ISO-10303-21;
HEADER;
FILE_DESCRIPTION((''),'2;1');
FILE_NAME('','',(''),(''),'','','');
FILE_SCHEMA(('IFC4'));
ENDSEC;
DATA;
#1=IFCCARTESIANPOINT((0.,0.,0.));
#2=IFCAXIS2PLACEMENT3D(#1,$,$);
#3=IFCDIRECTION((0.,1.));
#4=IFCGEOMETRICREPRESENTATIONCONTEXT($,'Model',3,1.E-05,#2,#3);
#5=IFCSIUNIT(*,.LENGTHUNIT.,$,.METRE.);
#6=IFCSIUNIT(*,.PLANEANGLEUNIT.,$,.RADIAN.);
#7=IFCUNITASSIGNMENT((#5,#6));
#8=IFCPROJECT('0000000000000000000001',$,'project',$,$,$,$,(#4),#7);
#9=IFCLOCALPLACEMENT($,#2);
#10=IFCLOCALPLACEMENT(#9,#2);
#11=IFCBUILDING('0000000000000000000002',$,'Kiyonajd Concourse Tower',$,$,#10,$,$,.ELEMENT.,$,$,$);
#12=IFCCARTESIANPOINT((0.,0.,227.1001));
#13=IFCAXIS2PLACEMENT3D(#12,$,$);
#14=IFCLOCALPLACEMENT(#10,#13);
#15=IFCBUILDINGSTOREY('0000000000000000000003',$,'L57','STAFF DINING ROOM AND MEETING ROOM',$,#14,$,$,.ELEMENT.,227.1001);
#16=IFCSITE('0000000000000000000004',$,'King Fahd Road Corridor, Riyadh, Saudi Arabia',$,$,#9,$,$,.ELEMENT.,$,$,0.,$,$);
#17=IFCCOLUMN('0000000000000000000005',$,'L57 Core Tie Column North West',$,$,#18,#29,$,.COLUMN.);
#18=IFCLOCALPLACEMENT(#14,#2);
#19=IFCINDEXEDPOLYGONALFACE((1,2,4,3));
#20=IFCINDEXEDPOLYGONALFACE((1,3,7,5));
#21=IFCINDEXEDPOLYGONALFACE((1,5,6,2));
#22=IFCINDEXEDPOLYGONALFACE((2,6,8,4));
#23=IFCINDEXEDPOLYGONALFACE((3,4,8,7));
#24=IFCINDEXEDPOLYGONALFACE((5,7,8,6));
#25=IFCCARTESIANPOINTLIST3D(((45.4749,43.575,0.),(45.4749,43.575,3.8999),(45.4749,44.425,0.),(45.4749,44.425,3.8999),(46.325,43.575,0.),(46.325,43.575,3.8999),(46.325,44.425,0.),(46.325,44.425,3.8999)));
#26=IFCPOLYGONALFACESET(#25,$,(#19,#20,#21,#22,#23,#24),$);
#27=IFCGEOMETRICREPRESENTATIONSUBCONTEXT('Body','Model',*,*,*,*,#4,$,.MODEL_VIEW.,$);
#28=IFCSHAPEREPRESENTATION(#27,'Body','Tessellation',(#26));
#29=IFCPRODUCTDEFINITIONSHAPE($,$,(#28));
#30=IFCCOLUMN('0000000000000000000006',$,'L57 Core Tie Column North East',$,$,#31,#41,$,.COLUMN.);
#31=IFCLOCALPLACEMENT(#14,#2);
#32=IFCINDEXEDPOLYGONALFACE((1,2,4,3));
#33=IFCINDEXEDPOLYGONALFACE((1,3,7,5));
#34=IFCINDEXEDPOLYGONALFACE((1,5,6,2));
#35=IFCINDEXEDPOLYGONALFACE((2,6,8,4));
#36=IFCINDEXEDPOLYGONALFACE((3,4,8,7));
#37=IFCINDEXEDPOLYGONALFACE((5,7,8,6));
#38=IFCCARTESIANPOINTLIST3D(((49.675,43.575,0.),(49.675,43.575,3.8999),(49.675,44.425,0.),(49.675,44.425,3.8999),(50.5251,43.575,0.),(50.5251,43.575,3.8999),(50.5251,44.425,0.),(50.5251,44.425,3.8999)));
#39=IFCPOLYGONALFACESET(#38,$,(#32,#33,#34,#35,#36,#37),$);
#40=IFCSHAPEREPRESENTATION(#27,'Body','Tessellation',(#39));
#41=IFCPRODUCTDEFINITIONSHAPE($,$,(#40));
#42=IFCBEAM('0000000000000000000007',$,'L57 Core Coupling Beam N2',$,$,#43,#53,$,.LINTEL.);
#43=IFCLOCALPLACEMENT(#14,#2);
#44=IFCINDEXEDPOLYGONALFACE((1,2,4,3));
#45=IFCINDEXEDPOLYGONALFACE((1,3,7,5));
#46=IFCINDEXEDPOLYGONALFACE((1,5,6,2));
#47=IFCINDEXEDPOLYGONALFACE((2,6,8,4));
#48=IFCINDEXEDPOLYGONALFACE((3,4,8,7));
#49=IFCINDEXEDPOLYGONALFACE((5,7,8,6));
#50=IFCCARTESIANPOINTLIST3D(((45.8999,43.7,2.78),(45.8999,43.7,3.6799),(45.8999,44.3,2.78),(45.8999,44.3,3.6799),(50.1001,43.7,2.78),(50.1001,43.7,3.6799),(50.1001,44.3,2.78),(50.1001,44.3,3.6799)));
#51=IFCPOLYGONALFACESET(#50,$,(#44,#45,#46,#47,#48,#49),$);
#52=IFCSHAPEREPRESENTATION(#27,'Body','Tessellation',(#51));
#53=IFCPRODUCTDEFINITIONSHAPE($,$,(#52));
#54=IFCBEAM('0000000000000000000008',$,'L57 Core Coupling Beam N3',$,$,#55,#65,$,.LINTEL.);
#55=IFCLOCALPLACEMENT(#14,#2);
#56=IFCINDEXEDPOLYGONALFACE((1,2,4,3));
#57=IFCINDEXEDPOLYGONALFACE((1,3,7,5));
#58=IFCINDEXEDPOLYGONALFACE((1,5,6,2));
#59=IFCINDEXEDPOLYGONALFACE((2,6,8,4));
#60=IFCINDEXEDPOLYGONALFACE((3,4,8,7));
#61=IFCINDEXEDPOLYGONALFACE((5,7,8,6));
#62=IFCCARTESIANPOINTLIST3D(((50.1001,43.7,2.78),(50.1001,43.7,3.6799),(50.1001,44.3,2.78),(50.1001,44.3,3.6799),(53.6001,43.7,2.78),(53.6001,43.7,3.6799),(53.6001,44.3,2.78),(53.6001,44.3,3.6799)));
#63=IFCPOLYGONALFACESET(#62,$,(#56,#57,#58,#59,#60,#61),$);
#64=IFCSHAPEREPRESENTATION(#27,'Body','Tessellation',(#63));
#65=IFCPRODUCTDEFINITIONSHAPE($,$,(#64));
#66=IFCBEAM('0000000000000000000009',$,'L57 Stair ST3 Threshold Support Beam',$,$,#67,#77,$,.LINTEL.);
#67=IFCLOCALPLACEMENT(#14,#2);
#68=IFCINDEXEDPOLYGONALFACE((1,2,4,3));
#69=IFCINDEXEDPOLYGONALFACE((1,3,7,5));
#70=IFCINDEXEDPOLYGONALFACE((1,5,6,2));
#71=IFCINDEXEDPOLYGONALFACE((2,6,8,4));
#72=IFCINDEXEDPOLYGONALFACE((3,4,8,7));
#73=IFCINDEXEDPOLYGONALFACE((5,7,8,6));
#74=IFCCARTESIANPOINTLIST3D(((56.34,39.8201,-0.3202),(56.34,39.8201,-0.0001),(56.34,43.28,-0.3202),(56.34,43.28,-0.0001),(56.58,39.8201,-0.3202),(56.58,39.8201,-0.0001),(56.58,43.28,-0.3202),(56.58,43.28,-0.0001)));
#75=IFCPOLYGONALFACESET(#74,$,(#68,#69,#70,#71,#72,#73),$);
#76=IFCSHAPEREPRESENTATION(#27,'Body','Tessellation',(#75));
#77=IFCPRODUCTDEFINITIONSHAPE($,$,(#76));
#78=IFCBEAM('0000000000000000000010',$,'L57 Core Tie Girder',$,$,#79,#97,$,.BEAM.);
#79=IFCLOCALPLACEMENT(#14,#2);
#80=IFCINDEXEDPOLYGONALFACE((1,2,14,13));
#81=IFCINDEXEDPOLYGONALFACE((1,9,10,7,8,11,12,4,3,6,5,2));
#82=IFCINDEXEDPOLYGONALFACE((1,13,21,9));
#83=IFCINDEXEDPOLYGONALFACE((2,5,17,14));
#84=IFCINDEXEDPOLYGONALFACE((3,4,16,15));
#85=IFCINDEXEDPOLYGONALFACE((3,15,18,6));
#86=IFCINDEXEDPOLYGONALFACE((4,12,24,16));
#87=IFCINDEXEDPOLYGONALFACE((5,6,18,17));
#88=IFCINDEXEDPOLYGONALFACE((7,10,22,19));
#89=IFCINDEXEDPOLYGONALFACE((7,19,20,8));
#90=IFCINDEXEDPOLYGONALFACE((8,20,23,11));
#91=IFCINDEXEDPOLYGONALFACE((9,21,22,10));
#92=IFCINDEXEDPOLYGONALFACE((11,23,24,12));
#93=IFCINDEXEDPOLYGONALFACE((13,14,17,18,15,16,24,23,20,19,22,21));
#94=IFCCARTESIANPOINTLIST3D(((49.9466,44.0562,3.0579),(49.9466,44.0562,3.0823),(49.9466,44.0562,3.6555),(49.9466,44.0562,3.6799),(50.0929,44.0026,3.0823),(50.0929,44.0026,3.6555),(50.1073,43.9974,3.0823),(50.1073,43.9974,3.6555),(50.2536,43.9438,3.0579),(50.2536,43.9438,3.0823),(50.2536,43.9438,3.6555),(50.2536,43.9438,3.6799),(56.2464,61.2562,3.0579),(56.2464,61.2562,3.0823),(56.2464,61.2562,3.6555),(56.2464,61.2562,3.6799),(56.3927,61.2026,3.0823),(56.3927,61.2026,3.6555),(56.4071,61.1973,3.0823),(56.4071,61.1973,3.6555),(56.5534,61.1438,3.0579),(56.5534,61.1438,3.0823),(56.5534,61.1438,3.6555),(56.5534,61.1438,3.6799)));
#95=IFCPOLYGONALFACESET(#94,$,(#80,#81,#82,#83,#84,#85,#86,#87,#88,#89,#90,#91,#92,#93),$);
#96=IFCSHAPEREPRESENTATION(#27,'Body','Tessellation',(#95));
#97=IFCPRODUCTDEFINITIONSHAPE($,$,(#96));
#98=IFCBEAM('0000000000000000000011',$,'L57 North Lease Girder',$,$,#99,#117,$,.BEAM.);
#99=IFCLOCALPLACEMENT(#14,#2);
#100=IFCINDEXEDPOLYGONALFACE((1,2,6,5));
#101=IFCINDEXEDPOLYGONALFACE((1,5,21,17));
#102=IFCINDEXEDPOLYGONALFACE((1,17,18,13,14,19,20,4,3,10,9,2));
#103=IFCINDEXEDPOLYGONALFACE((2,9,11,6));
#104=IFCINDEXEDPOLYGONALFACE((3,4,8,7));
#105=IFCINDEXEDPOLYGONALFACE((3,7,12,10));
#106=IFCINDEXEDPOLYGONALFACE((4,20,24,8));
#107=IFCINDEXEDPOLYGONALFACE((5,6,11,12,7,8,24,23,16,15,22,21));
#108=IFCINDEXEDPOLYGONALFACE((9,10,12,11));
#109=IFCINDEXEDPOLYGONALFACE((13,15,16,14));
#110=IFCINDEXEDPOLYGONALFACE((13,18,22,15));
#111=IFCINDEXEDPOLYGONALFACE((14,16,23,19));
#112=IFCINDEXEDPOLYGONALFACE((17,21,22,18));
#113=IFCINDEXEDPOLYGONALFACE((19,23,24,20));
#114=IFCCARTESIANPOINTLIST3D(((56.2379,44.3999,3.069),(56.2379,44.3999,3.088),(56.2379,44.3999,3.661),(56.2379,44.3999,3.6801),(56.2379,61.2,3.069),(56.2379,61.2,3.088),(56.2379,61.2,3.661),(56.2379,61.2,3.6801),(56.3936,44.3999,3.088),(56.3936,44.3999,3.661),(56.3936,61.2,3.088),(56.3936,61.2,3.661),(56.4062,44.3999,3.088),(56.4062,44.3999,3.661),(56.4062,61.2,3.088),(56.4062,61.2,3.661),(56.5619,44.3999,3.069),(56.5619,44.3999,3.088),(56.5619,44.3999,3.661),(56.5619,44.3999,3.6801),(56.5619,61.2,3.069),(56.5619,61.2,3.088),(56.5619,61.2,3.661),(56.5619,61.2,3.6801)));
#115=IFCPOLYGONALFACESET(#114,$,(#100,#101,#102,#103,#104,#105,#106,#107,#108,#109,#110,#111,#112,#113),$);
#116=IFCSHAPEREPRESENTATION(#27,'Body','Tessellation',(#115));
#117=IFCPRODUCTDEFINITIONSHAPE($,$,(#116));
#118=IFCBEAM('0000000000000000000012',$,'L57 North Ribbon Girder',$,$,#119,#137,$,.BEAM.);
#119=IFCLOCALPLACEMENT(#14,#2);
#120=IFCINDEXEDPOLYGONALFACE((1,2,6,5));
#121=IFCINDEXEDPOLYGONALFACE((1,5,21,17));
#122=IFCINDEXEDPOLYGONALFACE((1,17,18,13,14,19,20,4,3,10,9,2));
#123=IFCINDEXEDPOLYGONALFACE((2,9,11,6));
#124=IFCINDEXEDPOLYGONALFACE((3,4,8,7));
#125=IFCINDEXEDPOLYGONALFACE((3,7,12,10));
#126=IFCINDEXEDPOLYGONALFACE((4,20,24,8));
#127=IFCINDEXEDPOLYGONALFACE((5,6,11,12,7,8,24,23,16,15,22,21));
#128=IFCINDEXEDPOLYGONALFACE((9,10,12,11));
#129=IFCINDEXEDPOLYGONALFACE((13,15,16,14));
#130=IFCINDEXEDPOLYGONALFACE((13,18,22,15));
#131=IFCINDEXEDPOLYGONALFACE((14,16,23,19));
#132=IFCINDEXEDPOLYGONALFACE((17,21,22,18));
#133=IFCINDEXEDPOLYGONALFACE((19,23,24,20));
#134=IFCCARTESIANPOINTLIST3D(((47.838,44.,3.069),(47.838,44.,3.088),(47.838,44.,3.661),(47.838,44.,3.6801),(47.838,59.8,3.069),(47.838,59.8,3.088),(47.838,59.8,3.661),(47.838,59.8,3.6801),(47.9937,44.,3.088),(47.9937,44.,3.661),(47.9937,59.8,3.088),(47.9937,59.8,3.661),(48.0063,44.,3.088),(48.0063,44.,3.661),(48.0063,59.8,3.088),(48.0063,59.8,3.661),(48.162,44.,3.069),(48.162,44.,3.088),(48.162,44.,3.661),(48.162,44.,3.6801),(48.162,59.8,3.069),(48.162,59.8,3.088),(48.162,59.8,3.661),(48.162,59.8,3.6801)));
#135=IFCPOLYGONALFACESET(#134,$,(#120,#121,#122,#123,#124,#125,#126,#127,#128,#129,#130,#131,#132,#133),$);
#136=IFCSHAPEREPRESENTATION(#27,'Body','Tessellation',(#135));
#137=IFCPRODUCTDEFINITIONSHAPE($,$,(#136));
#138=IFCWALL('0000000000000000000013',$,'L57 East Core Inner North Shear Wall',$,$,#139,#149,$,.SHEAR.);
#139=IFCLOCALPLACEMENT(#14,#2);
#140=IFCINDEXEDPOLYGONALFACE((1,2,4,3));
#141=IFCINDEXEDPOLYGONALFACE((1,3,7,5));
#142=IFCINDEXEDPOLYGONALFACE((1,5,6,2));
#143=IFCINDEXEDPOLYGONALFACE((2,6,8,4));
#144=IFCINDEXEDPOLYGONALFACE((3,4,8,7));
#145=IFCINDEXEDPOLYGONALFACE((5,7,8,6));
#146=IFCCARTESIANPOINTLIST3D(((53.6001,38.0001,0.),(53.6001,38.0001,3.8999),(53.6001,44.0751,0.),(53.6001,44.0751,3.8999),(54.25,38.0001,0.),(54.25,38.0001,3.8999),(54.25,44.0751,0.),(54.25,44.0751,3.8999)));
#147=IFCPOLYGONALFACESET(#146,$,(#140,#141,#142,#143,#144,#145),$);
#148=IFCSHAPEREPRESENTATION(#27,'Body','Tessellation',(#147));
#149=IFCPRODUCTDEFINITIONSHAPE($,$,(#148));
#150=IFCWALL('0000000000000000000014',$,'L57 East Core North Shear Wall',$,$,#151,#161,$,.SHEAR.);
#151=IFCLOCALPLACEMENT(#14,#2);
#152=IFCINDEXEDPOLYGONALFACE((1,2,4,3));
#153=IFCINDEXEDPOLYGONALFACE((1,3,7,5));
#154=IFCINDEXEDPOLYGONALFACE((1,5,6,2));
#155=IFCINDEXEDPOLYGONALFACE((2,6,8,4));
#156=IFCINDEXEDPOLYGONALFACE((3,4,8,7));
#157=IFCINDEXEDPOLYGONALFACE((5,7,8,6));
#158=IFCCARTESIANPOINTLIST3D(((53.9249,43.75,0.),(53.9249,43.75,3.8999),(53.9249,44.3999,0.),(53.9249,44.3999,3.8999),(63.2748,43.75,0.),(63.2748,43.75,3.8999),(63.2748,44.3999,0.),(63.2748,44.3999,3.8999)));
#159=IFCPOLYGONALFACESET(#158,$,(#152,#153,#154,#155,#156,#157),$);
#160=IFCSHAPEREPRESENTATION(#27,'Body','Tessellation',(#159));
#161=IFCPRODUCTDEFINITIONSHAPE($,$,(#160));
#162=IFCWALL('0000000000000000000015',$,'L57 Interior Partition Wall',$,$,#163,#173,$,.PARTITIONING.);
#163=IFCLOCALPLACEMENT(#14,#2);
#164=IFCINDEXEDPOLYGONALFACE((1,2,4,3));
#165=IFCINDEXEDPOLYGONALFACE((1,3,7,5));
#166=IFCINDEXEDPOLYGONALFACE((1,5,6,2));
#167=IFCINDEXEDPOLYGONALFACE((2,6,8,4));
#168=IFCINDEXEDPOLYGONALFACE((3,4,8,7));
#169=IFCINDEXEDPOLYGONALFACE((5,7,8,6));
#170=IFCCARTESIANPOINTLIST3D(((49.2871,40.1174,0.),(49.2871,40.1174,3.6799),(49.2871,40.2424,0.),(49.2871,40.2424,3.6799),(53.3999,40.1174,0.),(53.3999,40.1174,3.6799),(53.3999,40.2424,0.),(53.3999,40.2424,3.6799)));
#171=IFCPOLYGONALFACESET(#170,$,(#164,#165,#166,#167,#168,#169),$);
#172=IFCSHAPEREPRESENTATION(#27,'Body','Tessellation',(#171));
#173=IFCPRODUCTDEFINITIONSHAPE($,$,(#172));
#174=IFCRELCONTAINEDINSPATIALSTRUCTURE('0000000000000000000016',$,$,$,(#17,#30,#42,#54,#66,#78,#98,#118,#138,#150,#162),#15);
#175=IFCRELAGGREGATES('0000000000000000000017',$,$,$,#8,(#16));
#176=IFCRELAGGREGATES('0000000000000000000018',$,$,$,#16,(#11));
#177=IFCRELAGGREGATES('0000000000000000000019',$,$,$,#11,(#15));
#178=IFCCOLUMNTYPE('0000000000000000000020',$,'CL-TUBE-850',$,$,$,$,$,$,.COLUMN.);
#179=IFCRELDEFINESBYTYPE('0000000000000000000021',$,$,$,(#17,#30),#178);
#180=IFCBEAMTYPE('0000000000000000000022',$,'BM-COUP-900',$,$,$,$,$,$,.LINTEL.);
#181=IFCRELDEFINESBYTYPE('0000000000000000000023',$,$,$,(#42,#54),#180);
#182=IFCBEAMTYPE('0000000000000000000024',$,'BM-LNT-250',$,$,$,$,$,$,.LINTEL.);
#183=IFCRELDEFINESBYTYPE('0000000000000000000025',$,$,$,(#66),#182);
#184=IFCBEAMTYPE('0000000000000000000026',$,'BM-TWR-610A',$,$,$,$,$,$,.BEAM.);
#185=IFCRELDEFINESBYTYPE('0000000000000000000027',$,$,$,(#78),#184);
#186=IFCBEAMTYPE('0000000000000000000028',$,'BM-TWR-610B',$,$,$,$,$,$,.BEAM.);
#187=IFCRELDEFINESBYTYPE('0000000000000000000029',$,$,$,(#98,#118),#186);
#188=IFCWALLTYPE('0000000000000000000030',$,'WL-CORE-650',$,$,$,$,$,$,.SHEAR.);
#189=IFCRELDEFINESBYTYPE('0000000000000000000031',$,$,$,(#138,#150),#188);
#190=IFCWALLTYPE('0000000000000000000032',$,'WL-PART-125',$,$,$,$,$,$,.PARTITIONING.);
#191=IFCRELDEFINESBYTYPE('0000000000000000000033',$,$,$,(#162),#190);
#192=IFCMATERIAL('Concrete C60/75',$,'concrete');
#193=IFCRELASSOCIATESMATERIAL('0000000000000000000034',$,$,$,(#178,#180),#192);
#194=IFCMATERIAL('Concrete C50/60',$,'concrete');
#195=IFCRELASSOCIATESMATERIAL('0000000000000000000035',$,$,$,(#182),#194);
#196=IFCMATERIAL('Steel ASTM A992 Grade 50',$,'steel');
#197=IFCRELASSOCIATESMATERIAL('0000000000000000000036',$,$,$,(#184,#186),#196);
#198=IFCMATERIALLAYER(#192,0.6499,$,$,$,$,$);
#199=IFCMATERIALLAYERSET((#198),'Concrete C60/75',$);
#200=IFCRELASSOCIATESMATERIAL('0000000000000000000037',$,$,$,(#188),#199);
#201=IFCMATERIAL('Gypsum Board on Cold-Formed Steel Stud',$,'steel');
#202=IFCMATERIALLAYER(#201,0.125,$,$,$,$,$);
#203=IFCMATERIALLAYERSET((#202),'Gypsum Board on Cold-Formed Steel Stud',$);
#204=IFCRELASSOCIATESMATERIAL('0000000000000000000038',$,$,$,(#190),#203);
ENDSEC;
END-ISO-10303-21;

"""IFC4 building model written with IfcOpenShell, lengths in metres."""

from ifc_helpers import new_model, si_unit, direction, frame, frame_2d, origin, origin_2d, place, context, subcontext, project, spatial, rectangle, i_section, extrude, material, layer, layer_set, material_profile, profile_set, type_object, element, save


model = new_model("IFC4")

# Units and contexts
model_context = context("Model", 3, precision=1e-05, world=origin(), true_north=direction((0.0, 1.0)))
body_context = subcontext(model_context, "Body", "Model", "MODEL_VIEW")
ifc_project = project(units=[si_unit("LENGTHUNIT", "METRE"), si_unit("PLANEANGLEUNIT", "RADIAN")], contexts=[model_context])

# Site, building, storey
site_placement = place(None, origin())
site = spatial("IfcSite", under=ifc_project, at=site_placement, Name="King Fahd Road Corridor, Riyadh, Saudi Arabia", CompositionType="ELEMENT", RefElevation=0.0)
building_placement = place(site_placement, origin())
building = spatial("IfcBuilding", under=site, at=building_placement, Name="Kiyonajd Concourse Tower", CompositionType="ELEMENT")
storey_placement = place(building_placement, frame((0.0, 0.0, 227.1001)))
storey = spatial("IfcBuildingStorey", under=building, at=storey_placement, Name="L57", Description="STAFF DINING ROOM AND MEETING ROOM", CompositionType="ELEMENT", Elevation=227.1001)

# Columns
ifc_material_1 = material(Name="Concrete C60/75", Category="concrete")
ifc_material_profile_1 = material_profile(ifc_material_1, rectangle(XDim=0.8501, YDim=0.8501, at=origin_2d()), Name="RC-850x850")
ifc_profile_set_1 = profile_set([ifc_material_profile_1], Name="Concrete C60/75")
column_type = type_object("IfcColumnType", Name="CL-TUBE-850", PredefinedType="COLUMN", material=ifc_profile_set_1)
for number, where, z_axis, x_axis, name in (
    (1, (45.8999, 44.0, 0.0), (0.0, 0.0, 1.0), (1.0, 0.0, 0.0), "L57 Core Tie Column North West"),
    (2, (50.1001, 44.0, 0.0), (0.0, 0.0, 1.0), (1.0, 0.0, 0.0), "L57 Core Tie Column North East"),
):
    element("IfcColumn", number, at=place(storey_placement, frame(where, z_axis=z_axis, x_axis=x_axis)), inside=storey, type_object=column_type, Name=name, PredefinedType="COLUMN", context=body_context, shape_type="SweptSolid", body=[
        extrude(rectangle(XDim=0.8501, YDim=0.8501, at=origin_2d()), origin(), (0.0, 0.0, 1.0), 3.8999),
    ])

# Beams
ifc_material_profile_2 = material_profile(ifc_material_1, rectangle(XDim=0.6001, YDim=0.8999, at=origin_2d()), Name="RCBM-600x900")
ifc_profile_set_2 = profile_set([ifc_material_profile_2], Name="Concrete C60/75")
beam_type_1 = type_object("IfcBeamType", Name="BM-COUP-900", PredefinedType="LINTEL", material=ifc_profile_set_2)
beam_1_placement = place(storey_placement, frame((45.8999, 44.0, 3.23), z_axis=(1.0, 0.0, 0.0), x_axis=(0.0, 1.0, 0.0)))
element("IfcBeam", 3, at=beam_1_placement, inside=storey, type_object=beam_type_1, Name="L57 Core Coupling Beam N2", PredefinedType="LINTEL", context=body_context, shape_type="SweptSolid", body=[
    extrude(rectangle(XDim=0.6001, YDim=0.8999, at=origin_2d()), origin(), (0.0, 0.0, 1.0), 4.2002),
])
beam_2_placement = place(storey_placement, frame((50.1001, 44.0, 3.23), z_axis=(1.0, 0.0, 0.0), x_axis=(0.0, 1.0, 0.0)))
element("IfcBeam", 4, at=beam_2_placement, inside=storey, type_object=beam_type_1, Name="L57 Core Coupling Beam N3", PredefinedType="LINTEL", context=body_context, shape_type="SweptSolid", body=[
    extrude(rectangle(XDim=0.6001, YDim=0.8999, at=origin_2d()), origin(), (0.0, 0.0, 1.0), 3.5),
])
ifc_material_2 = material(Name="Concrete C50/60", Category="concrete")
ifc_material_profile_3 = material_profile(ifc_material_2, rectangle(XDim=0.24, YDim=0.3201, at=origin_2d()), Name="RCBM-240x320")
ifc_profile_set_3 = profile_set([ifc_material_profile_3], Name="Concrete C50/60")
beam_type_2 = type_object("IfcBeamType", Name="BM-LNT-250", PredefinedType="LINTEL", material=ifc_profile_set_3)
beam_3_placement = place(storey_placement, frame((56.46, 39.8201, -0.1602), z_axis=(0.0, 1.0, 0.0), x_axis=(-1.0, 0.0, 0.0)))
element("IfcBeam", 5, at=beam_3_placement, inside=storey, type_object=beam_type_2, Name="L57 Stair ST3 Threshold Support Beam", PredefinedType="LINTEL", context=body_context, shape_type="SweptSolid", body=[
    extrude(rectangle(XDim=0.24, YDim=0.3201, at=origin_2d()), origin(), (0.0, 0.0, 1.0), 3.46),
])
ifc_material_3 = material(Name="Steel ASTM A992 Grade 50", Category="steel")
ifc_material_profile_4 = material_profile(ifc_material_3, i_section(OverallWidth=0.3269, OverallDepth=0.6221, WebThickness=0.0154, FlangeThickness=0.0244, at=origin_2d()), Name="W610X195")
ifc_profile_set_4 = profile_set([ifc_material_profile_4], Name="Steel ASTM A992 Grade 50")
beam_type_3 = type_object("IfcBeamType", Name="BM-TWR-610A", PredefinedType="BEAM", material=ifc_profile_set_4)
beam_4_placement = place(storey_placement, frame((50.1001, 44.0, 3.3689), z_axis=(0.343925, 0.938997, 0.0), x_axis=(-0.938997, 0.343925, 0.0)))
element("IfcBeam", 6, at=beam_4_placement, inside=storey, type_object=beam_type_3, Name="L57 Core Tie Girder", PredefinedType="BEAM", context=body_context, shape_type="SweptSolid", body=[
    extrude(i_section(OverallWidth=0.3269, OverallDepth=0.6221, WebThickness=0.0154, FlangeThickness=0.0244, at=origin_2d()), origin(), (0.0, 0.0, 1.0), 18.3174),
])
ifc_material_profile_5 = material_profile(ifc_material_3, i_section(OverallWidth=0.324, OverallDepth=0.6111, WebThickness=0.0127, FlangeThickness=0.019, at=origin_2d()), Name="W610X155")
ifc_profile_set_5 = profile_set([ifc_material_profile_5], Name="Steel ASTM A992 Grade 50")
beam_type_4 = type_object("IfcBeamType", Name="BM-TWR-610B", PredefinedType="BEAM", material=ifc_profile_set_5)
beam_5_placement = place(storey_placement, frame((56.3999, 44.3999, 3.3745), z_axis=(0.0, 1.0, 0.0), x_axis=(-1.0, 0.0, 0.0)))
element("IfcBeam", 7, at=beam_5_placement, inside=storey, type_object=beam_type_4, Name="L57 North Lease Girder", PredefinedType="BEAM", context=body_context, shape_type="SweptSolid", body=[
    extrude(i_section(OverallWidth=0.324, OverallDepth=0.6111, WebThickness=0.0127, FlangeThickness=0.019, at=origin_2d()), origin(), (0.0, 0.0, 1.0), 16.8),
])
beam_6_placement = place(storey_placement, frame((48.0, 44.0, 3.3745), z_axis=(0.0, 1.0, 0.0), x_axis=(-1.0, 0.0, 0.0)))
element("IfcBeam", 8, at=beam_6_placement, inside=storey, type_object=beam_type_4, Name="L57 North Ribbon Girder", PredefinedType="BEAM", context=body_context, shape_type="SweptSolid", body=[
    extrude(i_section(OverallWidth=0.324, OverallDepth=0.6111, WebThickness=0.0127, FlangeThickness=0.019, at=origin_2d()), origin(), (0.0, 0.0, 1.0), 15.8),
])

# Walls
ifc_layer_1 = layer(ifc_material_1, 0.6499)
ifc_layer_set_1 = layer_set([ifc_layer_1], Name="Concrete C60/75")
wall_type_1 = type_object("IfcWallType", Name="WL-CORE-650", PredefinedType="SHEAR", material=ifc_layer_set_1)
wall_1_placement = place(storey_placement, frame((53.925, 38.0, 0.0), z_axis=(0.0, 0.0, 1.0), x_axis=(0.0, 1.0, 0.0)))
element("IfcWall", 9, at=wall_1_placement, inside=storey, type_object=wall_type_1, Name="L57 East Core Inner North Shear Wall", PredefinedType="SHEAR", context=body_context, shape_type="SweptSolid", body=[
    extrude(rectangle(XDim=6.075, YDim=0.6499, at=frame_2d((3.0376, 0.0))), origin(), (0.0, 0.0, 1.0), 3.8999),
])
wall_2_placement = place(storey_placement, frame((53.925, 44.075, 0.0), z_axis=(0.0, 0.0, 1.0), x_axis=(1.0, 0.0, 0.0)))
element("IfcWall", 10, at=wall_2_placement, inside=storey, type_object=wall_type_1, Name="L57 East Core North Shear Wall", PredefinedType="SHEAR", context=body_context, shape_type="SweptSolid", body=[
    extrude(rectangle(XDim=9.3499, YDim=0.6499, at=frame_2d((4.6748, 0.0))), origin(), (0.0, 0.0, 1.0), 3.8999),
])
ifc_material_4 = material(Name="Gypsum Board on Cold-Formed Steel Stud", Category="steel")
ifc_layer_2 = layer(ifc_material_4, 0.125)
ifc_layer_set_2 = layer_set([ifc_layer_2], Name="Gypsum Board on Cold-Formed Steel Stud")
wall_type_2 = type_object("IfcWallType", Name="WL-PART-125", PredefinedType="PARTITIONING", material=ifc_layer_set_2)
wall_3_placement = place(storey_placement, frame((49.2871, 40.1799, 0.0), z_axis=(0.0, 0.0, 1.0), x_axis=(1.0, 0.0, 0.0)))
element("IfcWall", 11, at=wall_3_placement, inside=storey, type_object=wall_type_2, Name="L57 Interior Partition Wall", PredefinedType="PARTITIONING", context=body_context, shape_type="SweptSolid", body=[
    extrude(rectangle(XDim=4.1128, YDim=0.125, at=frame_2d((2.0564, 0.0))), origin(), (0.0, 0.0, 1.0), 3.6799),
])

save(model, "model.ifc")
